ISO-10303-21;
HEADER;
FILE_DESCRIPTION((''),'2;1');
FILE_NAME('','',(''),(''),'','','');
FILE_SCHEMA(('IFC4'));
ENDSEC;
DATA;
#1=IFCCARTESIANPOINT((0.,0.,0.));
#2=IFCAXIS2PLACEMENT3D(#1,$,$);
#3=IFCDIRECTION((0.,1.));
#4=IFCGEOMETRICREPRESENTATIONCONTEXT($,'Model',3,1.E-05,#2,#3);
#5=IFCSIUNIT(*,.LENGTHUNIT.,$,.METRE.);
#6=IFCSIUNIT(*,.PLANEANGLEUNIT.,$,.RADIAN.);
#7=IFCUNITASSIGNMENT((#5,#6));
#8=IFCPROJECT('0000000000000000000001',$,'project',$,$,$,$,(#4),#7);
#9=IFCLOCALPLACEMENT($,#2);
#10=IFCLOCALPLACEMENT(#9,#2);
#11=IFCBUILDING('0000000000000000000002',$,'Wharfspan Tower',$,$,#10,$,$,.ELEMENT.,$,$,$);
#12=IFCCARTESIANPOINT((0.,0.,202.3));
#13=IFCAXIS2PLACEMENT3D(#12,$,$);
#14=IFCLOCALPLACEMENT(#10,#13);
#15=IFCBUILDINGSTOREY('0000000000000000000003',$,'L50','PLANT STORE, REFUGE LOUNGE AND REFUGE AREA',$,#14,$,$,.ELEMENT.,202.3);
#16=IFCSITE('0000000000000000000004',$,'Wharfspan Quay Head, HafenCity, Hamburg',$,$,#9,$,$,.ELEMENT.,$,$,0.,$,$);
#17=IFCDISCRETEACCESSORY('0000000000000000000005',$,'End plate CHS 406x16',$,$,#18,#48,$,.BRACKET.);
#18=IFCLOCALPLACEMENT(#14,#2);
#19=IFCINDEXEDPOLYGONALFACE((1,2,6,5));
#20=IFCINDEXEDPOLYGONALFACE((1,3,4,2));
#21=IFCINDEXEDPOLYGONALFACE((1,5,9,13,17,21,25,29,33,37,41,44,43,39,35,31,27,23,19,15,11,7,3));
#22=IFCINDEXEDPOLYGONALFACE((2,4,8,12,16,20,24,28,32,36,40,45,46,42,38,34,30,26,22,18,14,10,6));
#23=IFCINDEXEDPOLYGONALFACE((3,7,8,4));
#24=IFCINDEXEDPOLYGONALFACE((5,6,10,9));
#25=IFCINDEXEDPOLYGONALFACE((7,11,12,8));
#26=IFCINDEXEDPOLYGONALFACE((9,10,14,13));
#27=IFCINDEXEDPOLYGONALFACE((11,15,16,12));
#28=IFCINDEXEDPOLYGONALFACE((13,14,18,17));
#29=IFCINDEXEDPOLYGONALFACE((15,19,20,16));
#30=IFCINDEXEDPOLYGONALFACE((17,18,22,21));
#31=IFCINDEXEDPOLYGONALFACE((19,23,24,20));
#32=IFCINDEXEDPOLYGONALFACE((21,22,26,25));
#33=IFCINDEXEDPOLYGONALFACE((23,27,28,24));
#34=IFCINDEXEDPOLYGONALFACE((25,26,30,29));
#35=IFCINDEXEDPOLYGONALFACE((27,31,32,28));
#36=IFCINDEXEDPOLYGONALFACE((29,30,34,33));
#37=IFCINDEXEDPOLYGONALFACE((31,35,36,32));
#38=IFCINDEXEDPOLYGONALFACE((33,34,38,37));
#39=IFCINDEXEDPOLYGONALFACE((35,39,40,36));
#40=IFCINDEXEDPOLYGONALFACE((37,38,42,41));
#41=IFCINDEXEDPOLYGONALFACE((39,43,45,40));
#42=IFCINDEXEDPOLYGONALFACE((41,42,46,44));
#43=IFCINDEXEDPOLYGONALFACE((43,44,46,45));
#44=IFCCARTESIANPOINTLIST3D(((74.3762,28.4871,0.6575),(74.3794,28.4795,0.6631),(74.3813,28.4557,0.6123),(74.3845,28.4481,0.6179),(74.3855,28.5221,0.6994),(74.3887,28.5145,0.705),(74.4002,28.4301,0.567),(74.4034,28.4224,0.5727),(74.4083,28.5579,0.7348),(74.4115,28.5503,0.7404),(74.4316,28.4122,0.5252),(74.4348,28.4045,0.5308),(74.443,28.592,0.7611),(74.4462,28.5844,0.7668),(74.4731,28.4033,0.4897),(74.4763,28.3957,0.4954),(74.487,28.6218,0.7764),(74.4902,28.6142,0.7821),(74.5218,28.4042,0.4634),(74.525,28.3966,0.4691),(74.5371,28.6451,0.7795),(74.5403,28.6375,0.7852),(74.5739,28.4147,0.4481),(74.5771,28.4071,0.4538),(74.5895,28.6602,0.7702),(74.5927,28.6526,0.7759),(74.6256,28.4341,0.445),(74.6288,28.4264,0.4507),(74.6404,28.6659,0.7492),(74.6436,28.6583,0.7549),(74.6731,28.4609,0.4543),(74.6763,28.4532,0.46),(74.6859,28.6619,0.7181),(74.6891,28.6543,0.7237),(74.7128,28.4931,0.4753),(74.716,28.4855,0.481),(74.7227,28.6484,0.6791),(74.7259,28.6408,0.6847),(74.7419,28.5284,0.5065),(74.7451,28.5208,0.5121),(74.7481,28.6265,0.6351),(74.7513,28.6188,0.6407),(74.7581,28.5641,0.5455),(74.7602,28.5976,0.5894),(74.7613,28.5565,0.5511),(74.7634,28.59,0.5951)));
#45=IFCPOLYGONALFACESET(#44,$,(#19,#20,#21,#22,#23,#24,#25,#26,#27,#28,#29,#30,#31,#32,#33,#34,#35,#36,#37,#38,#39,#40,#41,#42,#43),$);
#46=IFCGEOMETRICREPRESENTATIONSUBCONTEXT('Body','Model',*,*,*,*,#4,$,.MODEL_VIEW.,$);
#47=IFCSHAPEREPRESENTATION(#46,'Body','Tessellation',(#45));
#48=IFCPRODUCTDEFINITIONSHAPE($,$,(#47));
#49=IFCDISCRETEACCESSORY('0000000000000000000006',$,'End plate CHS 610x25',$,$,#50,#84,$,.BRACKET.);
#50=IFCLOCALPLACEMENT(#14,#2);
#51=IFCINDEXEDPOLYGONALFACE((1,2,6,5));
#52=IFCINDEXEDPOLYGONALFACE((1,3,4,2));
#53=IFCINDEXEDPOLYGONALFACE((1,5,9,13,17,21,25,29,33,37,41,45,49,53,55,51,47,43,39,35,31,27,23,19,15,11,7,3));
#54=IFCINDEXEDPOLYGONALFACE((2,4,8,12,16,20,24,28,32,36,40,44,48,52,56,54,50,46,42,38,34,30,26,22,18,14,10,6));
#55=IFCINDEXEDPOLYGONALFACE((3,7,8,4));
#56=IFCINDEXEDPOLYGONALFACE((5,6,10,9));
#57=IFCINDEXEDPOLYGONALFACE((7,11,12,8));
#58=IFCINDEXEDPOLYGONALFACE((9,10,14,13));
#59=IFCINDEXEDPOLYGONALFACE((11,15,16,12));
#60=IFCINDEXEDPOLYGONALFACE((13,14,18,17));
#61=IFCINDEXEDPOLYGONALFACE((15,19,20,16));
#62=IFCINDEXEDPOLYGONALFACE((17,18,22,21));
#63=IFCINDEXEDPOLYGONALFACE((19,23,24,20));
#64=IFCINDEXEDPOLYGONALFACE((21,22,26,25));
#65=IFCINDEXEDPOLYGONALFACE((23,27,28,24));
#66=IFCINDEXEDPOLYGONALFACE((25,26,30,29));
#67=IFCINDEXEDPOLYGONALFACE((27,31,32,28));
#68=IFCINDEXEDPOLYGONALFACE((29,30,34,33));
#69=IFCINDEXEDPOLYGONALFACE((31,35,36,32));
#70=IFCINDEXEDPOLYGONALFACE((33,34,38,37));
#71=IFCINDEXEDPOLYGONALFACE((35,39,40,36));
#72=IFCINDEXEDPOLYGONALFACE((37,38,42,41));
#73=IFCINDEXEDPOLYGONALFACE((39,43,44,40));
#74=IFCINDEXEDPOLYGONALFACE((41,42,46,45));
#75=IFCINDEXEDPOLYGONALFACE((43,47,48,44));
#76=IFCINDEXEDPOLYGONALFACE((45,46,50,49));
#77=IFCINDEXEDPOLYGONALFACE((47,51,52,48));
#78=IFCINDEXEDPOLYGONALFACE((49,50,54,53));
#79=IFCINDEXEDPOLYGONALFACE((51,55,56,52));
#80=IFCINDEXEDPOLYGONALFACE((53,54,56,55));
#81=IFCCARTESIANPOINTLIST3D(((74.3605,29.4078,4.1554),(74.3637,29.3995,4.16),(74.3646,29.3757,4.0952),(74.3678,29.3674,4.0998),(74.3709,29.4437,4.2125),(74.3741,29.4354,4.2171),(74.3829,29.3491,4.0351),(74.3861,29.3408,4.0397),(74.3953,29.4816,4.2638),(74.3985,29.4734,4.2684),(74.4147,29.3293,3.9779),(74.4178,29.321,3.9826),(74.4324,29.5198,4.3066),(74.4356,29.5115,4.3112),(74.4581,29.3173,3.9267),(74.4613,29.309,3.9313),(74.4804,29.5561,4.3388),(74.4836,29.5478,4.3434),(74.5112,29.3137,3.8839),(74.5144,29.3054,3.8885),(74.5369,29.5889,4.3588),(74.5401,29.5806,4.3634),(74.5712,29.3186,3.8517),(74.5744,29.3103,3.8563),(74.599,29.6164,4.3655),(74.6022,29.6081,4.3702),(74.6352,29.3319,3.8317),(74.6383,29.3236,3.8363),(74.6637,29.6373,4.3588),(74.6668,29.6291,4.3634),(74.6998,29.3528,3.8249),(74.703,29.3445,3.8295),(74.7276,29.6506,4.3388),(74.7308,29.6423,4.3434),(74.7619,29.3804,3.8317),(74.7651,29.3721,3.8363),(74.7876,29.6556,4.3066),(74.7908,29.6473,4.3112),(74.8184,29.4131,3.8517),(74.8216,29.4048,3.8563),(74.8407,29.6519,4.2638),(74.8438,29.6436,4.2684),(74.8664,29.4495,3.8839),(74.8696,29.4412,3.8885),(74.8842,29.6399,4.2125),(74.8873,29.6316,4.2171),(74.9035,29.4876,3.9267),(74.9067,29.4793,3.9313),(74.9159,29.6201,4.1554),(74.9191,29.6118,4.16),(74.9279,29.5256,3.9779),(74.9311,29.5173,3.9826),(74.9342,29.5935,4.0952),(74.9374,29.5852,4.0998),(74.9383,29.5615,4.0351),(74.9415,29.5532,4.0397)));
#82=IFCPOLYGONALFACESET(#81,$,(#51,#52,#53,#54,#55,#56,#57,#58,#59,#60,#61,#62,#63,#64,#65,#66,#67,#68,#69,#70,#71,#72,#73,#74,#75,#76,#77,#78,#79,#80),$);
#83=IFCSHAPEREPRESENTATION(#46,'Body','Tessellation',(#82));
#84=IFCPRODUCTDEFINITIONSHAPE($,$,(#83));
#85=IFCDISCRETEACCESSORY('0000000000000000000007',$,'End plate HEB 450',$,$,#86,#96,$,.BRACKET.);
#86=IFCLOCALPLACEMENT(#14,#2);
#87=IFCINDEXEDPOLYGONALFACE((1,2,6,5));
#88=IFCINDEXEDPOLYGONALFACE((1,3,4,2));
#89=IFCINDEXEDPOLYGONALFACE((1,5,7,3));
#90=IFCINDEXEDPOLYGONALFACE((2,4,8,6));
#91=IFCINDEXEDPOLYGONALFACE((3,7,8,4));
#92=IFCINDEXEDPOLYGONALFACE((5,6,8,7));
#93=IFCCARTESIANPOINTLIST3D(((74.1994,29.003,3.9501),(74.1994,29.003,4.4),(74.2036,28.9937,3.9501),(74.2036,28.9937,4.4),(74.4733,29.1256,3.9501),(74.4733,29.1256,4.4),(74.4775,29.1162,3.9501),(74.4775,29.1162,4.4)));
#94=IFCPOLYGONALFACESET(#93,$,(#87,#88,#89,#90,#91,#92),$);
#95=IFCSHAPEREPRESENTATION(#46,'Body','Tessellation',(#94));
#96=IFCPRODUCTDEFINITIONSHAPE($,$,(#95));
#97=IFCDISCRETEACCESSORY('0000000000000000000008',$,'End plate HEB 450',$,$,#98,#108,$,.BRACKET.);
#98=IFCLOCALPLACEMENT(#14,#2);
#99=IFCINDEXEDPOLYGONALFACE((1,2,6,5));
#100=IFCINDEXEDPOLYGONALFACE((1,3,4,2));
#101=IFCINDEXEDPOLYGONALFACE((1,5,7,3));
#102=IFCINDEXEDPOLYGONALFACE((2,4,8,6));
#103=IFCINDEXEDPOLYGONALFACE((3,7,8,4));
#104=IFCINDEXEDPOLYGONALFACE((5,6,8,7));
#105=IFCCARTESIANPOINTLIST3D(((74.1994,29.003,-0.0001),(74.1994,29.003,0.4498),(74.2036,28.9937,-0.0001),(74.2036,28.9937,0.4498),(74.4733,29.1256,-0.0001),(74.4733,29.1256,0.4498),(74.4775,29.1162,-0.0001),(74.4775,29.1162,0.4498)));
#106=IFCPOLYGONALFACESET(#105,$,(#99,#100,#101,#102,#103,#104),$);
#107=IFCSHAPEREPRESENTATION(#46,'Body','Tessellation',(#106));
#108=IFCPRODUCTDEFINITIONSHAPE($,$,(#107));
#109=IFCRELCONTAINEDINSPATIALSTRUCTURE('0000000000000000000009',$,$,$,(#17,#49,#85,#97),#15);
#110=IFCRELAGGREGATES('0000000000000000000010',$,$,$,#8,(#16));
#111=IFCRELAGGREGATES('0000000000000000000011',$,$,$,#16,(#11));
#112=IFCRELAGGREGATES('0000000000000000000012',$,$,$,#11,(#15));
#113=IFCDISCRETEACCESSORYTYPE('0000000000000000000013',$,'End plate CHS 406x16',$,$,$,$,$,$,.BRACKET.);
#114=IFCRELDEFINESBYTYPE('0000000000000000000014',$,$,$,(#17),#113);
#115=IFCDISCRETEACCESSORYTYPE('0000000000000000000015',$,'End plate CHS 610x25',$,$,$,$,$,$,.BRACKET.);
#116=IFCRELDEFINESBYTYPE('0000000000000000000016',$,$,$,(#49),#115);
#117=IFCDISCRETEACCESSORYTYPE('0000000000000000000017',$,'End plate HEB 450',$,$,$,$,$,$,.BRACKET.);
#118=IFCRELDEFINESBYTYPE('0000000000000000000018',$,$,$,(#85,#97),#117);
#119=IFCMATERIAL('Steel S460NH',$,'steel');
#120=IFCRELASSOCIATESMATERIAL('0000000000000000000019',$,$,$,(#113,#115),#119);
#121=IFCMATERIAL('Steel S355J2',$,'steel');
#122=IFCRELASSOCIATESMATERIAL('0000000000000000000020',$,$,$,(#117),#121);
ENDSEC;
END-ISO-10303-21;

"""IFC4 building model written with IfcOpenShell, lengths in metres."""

from ifc_helpers import new_model, si_unit, direction, frame, origin, origin_2d, place, context, subcontext, project, spatial, rectangle, circle, extrude, material, material_profile, profile_set, type_object, element, save


model = new_model("IFC4")

# Units and contexts
model_context = context("Model", 3, precision=1e-05, world=origin(), true_north=direction((0.0, 1.0)))
body_context = subcontext(model_context, "Body", "Model", "MODEL_VIEW")
ifc_project = project(units=[si_unit("LENGTHUNIT", "METRE"), si_unit("PLANEANGLEUNIT", "RADIAN")], contexts=[model_context])

# Site, building, storey
site_placement = place(None, origin())
site = spatial("IfcSite", under=ifc_project, at=site_placement, Name="Wharfspan Quay Head, HafenCity, Hamburg", CompositionType="ELEMENT", RefElevation=0.0)
building_placement = place(site_placement, origin())
building = spatial("IfcBuilding", under=site, at=building_placement, Name="Wharfspan Tower", CompositionType="ELEMENT")
storey_placement = place(building_placement, frame((0.0, 0.0, 202.3)))
storey = spatial("IfcBuildingStorey", under=building, at=storey_placement, Name="L50", Description="PLANT STORE, REFUGE LOUNGE AND REFUGE AREA", CompositionType="ELEMENT", Elevation=202.3)

# Shared definitions
ifc_material_1 = material(Name="Steel S355J2", Category="steel")

# Shared definitions
ifc_material_2 = material(Name="Steel S460NH", Category="steel")

# Discrete accessories
ifc_material_profile_1 = material_profile(ifc_material_2, circle(Radius=0.2031, at=origin_2d()))
ifc_profile_set_1 = profile_set([ifc_material_profile_1], Name="Steel S460NH")
discrete_accessory_type_1 = type_object("IfcDiscreteAccessoryType", Name="End plate CHS 406x16", PredefinedType="BRACKET", material=ifc_profile_set_1)
for number, where, z_axis, x_axis, name in (
    (1, (74.5718, 28.5266, 0.6179), (-0.319169, 0.761094, -0.564683), (-0.92219, -0.386727, -0.000002), "End plate CHS 406x16"),
):
    element("IfcDiscreteAccessory", number, at=place(storey_placement, frame(where, z_axis=z_axis, x_axis=x_axis)), inside=storey, type_object=discrete_accessory_type_1, Name=name, PredefinedType="BRACKET", context=body_context, shape_type="SweptSolid", body=[
        extrude(circle(Radius=0.2031, at=origin_2d()), origin(), (0.0, 0.0, 1.0), 0.01),
    ])
ifc_material_profile_2 = material_profile(ifc_material_2, circle(Radius=0.3049, at=origin_2d()))
ifc_profile_set_2 = profile_set([ifc_material_profile_2], Name="Steel S460NH")
discrete_accessory_type_2 = type_object("IfcDiscreteAccessoryType", Name="End plate CHS 610x25", PredefinedType="BRACKET", material=ifc_profile_set_2)
discrete_accessory_placement = place(storey_placement, frame((74.6494, 29.4846, 4.0952), z_axis=(0.316603, -0.828038, 0.462727), x_axis=(0.934054, 0.357138, -0.000001)))
element("IfcDiscreteAccessory", 2, at=discrete_accessory_placement, inside=storey, type_object=discrete_accessory_type_2, Name="End plate CHS 610x25", PredefinedType="BRACKET", context=body_context, shape_type="SweptSolid", body=[
    extrude(circle(Radius=0.3049, at=origin_2d()), origin(), (0.0, 0.0, 1.0), 0.01),
])
ifc_material_profile_3 = material_profile(ifc_material_1, rectangle(XDim=0.3, YDim=0.45, at=origin_2d()))
ifc_profile_set_3 = profile_set([ifc_material_profile_3], Name="Steel S355J2")
discrete_accessory_type_3 = type_object("IfcDiscreteAccessoryType", Name="End plate HEB 450", PredefinedType="BRACKET", material=ifc_profile_set_3)
for number, where, z_axis, x_axis, name in (
    (3, (74.3406, 29.0549, 4.175), (-0.408366, 0.912818, 0.0), (-0.912818, -0.408366, 0.0), "End plate HEB 450"),
    (4, (74.3406, 29.0549, 0.2249), (-0.408366, 0.912818, 0.0), (-0.912818, -0.408366, 0.0), "End plate HEB 450"),
):
    element("IfcDiscreteAccessory", number, at=place(storey_placement, frame(where, z_axis=z_axis, x_axis=x_axis)), inside=storey, type_object=discrete_accessory_type_3, Name=name, PredefinedType="BRACKET", context=body_context, shape_type="SweptSolid", body=[
        extrude(rectangle(XDim=0.3, YDim=0.45, at=origin_2d()), origin(), (0.0, 0.0, 1.0), 0.0103),
    ])

save(model, "model.ifc")
